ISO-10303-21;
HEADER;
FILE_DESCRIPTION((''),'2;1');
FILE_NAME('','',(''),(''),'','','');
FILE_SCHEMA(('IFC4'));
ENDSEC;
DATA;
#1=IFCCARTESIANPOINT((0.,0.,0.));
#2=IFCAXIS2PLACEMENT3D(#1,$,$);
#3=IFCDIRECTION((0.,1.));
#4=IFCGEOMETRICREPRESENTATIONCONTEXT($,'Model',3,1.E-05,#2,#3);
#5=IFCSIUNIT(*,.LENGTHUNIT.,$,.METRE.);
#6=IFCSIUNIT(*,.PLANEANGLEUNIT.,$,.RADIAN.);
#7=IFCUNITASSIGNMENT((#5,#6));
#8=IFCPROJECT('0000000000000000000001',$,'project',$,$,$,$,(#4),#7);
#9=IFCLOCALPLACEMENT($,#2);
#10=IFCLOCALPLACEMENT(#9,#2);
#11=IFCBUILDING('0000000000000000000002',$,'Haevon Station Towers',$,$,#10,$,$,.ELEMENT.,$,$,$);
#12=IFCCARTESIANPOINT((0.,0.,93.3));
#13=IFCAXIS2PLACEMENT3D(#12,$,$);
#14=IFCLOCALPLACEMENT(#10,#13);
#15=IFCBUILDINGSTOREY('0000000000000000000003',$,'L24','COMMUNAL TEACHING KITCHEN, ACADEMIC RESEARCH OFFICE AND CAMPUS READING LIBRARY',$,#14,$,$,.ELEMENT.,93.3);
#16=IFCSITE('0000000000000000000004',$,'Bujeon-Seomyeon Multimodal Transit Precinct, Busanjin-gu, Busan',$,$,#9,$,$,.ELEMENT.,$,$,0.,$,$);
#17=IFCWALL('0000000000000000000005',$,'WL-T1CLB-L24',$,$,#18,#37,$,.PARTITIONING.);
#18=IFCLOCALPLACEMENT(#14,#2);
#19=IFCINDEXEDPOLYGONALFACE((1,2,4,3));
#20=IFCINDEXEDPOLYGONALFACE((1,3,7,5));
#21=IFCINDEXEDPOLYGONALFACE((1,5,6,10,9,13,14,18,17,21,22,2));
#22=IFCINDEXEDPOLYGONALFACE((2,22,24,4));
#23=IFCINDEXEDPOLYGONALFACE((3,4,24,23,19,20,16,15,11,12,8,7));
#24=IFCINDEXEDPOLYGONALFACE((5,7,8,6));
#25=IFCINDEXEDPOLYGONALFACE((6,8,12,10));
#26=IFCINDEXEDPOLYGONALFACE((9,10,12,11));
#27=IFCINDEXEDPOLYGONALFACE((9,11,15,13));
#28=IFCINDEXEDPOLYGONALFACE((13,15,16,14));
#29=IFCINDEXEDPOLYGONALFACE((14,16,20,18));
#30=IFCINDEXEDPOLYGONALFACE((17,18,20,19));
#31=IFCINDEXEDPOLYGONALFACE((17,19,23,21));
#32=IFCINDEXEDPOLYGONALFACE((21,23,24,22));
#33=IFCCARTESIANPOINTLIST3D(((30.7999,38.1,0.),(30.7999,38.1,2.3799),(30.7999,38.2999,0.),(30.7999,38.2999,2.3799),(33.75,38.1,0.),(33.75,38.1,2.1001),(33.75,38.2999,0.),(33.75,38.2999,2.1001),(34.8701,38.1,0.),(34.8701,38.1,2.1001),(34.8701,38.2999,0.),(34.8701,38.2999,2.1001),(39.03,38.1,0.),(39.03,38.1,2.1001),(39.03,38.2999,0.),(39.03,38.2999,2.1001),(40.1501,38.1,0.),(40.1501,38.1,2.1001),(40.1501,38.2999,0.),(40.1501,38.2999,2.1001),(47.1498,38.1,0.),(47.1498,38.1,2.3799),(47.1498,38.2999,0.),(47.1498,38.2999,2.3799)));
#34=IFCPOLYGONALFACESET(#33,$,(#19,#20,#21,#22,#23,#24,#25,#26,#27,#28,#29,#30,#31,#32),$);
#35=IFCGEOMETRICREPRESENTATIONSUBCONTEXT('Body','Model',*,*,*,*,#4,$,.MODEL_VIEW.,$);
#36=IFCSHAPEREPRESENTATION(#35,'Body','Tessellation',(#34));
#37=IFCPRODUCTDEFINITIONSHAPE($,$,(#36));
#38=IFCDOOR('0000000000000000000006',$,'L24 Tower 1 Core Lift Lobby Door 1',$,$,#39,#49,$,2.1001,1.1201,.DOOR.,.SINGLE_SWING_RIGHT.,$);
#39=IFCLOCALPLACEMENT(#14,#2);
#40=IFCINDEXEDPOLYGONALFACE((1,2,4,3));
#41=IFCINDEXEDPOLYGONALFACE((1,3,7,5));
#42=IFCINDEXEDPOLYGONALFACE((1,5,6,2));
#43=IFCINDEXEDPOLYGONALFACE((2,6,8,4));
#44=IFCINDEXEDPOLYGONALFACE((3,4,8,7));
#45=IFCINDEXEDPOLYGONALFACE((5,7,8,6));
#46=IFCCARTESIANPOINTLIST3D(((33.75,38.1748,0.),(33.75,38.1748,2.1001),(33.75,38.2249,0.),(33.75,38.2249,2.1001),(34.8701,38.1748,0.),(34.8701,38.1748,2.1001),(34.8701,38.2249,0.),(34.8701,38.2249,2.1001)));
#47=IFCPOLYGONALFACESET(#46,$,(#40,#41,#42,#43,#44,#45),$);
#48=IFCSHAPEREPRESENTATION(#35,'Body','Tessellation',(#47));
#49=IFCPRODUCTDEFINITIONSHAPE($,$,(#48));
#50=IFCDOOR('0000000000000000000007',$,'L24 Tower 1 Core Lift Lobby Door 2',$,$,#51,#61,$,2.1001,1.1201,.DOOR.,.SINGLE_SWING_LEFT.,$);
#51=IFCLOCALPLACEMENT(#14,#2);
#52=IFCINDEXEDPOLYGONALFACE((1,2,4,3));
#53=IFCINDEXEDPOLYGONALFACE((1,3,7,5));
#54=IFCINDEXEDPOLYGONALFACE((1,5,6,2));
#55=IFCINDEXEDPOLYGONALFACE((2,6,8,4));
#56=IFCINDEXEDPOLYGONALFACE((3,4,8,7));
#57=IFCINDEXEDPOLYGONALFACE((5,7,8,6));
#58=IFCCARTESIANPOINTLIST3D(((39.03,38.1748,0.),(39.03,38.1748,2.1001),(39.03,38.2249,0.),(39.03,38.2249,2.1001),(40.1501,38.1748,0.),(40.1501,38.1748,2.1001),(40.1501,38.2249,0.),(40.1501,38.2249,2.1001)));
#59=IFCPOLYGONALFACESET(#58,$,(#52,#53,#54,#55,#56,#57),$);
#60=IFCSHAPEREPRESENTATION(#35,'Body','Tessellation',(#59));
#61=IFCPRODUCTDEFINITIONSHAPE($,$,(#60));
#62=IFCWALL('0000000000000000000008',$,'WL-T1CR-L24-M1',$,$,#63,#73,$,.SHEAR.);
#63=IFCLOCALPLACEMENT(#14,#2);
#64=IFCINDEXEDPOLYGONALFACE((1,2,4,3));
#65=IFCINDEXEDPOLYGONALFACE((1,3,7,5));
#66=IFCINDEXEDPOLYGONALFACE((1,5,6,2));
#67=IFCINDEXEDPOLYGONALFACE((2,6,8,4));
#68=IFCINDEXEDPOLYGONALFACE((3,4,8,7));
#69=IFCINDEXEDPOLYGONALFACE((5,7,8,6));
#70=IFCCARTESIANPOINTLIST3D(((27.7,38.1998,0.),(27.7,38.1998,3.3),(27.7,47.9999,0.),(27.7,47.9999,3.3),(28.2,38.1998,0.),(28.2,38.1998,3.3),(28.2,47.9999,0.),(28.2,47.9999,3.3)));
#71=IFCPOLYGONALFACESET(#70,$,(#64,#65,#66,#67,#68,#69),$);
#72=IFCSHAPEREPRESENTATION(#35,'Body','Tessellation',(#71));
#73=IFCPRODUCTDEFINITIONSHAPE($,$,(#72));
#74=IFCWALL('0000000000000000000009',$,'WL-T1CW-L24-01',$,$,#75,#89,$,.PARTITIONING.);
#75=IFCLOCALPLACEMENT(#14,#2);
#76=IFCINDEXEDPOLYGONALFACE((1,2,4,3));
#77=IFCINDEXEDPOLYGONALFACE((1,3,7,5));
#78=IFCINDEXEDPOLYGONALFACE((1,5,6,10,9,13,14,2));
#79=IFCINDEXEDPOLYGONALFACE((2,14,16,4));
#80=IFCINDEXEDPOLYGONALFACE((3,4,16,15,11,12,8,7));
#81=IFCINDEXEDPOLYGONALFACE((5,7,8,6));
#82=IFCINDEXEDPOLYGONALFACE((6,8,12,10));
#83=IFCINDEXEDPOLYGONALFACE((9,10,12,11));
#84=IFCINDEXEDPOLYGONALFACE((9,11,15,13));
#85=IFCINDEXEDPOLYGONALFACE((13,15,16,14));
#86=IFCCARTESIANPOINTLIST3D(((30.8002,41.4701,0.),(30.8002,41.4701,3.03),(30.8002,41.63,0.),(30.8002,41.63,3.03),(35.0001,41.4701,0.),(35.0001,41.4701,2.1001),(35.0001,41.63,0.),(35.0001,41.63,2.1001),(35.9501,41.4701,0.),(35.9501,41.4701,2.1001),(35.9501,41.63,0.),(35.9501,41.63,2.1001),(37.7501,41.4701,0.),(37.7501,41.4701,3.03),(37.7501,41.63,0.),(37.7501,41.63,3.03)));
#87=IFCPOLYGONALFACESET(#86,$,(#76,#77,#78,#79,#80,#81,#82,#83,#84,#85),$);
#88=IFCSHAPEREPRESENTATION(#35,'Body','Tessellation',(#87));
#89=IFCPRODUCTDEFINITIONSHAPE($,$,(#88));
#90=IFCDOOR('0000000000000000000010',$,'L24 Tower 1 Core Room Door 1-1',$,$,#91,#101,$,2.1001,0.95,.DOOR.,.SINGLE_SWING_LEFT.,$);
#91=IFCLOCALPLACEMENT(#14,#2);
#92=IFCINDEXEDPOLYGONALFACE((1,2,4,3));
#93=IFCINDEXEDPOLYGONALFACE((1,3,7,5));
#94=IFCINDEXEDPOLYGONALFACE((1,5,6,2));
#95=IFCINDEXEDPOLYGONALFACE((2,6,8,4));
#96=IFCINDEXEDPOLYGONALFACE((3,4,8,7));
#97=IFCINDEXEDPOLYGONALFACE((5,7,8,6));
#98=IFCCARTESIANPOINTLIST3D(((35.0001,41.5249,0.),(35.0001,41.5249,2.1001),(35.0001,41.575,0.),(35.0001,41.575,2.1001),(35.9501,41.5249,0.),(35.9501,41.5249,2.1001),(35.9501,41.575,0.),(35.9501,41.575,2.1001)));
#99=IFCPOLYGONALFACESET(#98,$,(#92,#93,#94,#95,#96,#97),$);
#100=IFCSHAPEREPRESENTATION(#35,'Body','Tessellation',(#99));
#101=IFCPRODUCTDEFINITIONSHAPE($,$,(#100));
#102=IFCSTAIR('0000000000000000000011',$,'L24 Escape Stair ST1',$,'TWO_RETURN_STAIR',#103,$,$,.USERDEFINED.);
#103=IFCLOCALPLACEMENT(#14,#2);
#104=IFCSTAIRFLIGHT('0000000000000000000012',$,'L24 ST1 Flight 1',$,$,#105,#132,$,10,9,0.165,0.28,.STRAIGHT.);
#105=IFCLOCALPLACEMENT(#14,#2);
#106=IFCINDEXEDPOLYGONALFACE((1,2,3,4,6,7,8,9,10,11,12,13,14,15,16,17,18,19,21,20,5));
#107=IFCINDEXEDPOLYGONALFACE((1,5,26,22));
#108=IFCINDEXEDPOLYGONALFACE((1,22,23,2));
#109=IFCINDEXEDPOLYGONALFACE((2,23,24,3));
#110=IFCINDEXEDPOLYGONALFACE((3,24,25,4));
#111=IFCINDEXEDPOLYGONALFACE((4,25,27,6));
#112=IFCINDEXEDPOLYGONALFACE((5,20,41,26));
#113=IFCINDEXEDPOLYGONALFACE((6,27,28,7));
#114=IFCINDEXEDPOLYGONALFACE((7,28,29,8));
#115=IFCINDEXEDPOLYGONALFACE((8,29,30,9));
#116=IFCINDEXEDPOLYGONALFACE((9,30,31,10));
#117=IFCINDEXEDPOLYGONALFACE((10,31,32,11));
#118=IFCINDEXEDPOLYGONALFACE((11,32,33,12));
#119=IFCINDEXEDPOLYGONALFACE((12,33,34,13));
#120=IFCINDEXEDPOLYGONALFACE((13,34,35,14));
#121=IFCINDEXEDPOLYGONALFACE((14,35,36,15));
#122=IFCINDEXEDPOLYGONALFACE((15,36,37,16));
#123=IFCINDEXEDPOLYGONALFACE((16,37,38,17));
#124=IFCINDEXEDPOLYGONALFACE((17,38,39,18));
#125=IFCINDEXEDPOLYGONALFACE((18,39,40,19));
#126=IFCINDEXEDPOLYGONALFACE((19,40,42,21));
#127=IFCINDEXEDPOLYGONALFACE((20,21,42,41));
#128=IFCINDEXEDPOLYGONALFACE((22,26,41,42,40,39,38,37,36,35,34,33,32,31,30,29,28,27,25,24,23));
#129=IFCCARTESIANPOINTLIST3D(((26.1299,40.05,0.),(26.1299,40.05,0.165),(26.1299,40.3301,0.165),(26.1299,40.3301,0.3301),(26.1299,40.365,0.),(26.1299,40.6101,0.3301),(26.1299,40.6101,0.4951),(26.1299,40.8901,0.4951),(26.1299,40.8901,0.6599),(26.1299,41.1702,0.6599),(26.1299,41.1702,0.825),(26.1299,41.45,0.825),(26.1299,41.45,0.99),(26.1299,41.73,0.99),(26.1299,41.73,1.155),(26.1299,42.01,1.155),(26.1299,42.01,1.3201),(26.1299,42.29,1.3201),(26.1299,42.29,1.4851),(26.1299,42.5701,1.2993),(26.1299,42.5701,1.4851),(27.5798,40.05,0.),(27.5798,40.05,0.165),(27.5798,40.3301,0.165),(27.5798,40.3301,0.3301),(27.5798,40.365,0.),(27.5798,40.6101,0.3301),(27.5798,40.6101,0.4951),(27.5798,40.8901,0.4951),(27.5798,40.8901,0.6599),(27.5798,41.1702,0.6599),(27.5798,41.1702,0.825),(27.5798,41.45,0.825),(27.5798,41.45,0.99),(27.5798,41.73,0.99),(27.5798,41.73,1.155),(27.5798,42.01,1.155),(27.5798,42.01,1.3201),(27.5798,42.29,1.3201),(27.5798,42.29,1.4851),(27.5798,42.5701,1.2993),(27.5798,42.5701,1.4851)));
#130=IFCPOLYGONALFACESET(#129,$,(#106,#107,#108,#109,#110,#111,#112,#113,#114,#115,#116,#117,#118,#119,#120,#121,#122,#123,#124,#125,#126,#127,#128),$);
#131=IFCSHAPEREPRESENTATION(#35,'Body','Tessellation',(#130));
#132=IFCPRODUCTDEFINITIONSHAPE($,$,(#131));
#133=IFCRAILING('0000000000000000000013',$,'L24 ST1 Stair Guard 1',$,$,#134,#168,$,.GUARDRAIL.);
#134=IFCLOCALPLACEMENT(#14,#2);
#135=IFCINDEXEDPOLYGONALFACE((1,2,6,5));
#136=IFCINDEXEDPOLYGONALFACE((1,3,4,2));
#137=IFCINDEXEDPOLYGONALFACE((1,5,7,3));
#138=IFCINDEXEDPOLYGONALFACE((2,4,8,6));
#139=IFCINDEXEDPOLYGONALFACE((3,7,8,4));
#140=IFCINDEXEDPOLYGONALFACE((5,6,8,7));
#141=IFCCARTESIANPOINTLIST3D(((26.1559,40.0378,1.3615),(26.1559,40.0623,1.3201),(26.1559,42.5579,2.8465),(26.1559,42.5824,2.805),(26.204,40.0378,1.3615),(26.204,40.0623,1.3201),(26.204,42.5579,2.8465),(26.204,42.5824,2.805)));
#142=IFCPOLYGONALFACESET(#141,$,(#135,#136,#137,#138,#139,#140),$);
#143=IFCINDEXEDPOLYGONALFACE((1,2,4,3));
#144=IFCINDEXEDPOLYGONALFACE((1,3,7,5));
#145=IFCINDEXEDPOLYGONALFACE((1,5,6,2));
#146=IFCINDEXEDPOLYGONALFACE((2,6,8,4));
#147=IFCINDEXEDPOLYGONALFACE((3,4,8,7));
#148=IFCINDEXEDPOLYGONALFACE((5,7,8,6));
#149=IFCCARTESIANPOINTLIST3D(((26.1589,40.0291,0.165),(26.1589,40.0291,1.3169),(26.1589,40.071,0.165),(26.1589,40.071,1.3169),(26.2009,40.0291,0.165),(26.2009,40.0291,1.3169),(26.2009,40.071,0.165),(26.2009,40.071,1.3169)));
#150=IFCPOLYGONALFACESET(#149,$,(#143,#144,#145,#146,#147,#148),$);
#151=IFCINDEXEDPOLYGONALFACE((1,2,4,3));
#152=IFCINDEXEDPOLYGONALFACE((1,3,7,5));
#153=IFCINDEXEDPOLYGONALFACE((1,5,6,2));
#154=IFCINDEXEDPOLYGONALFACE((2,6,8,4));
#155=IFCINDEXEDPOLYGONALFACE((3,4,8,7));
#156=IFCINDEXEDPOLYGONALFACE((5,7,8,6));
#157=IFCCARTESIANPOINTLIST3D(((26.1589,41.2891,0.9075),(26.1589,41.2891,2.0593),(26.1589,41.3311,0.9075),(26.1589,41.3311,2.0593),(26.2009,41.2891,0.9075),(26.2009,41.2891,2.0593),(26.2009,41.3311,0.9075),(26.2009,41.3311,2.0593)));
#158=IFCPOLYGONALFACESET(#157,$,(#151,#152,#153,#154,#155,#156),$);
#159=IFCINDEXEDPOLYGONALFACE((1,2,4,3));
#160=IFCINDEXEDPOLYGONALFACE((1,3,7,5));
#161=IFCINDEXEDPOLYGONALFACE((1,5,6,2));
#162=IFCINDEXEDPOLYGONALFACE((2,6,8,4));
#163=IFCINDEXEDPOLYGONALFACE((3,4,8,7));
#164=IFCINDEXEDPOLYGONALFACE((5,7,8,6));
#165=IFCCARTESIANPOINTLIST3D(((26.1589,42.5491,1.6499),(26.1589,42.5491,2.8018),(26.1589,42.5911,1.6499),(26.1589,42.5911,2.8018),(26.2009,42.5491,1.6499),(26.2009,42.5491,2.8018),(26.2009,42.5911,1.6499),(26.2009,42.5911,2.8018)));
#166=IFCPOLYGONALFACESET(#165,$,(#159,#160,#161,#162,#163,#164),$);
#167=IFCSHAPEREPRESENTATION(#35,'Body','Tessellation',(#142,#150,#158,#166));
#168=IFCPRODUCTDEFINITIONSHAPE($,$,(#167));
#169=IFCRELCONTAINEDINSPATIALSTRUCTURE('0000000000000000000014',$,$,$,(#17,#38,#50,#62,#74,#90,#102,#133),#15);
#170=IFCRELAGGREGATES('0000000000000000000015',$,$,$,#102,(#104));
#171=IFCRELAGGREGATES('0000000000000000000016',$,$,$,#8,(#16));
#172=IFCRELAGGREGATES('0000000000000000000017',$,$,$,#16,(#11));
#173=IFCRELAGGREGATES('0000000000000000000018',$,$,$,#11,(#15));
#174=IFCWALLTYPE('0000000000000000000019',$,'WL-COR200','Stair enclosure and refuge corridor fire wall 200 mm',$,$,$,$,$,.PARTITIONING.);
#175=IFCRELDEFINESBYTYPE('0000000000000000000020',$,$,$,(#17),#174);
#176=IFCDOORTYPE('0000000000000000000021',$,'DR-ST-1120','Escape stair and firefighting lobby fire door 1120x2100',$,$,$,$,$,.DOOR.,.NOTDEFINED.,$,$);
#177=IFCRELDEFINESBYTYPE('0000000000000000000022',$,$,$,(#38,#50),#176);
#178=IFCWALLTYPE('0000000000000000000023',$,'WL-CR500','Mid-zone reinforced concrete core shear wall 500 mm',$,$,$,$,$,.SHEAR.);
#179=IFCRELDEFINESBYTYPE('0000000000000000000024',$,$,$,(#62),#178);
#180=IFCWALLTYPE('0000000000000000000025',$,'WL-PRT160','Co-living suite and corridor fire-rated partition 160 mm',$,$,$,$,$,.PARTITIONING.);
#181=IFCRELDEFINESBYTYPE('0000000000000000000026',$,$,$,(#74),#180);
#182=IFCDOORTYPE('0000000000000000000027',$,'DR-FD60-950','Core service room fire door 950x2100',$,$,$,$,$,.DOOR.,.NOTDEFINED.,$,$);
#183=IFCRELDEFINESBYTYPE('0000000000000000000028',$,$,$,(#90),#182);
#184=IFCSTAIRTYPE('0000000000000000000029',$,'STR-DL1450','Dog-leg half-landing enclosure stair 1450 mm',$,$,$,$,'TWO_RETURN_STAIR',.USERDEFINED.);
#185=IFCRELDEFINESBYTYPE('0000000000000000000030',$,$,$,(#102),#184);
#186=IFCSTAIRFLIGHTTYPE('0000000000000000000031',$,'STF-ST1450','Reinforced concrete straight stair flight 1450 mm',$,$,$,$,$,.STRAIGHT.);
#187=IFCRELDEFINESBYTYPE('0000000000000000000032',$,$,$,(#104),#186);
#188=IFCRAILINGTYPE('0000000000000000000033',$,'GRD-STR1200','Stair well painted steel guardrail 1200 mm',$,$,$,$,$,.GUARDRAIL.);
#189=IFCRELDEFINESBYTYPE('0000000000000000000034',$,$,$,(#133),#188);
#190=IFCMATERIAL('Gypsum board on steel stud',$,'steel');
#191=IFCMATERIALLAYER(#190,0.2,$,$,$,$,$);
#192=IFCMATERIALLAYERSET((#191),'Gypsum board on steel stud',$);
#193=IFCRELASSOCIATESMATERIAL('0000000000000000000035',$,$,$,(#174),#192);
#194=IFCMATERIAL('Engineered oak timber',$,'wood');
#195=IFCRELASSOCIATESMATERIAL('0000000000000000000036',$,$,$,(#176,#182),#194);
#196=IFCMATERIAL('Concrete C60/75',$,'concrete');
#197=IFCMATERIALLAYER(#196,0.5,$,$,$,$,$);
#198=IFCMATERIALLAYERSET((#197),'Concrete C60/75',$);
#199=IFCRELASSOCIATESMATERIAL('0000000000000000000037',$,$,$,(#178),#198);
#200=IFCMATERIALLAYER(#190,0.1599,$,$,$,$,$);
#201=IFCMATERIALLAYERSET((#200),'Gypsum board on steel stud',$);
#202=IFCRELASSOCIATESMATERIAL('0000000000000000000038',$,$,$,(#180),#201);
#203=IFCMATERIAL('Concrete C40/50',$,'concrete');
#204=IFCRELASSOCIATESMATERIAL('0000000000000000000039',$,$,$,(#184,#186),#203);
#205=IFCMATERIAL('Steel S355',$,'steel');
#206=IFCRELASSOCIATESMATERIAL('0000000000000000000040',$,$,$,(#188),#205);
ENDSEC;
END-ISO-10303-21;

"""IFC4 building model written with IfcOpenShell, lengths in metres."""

from ifc_helpers import new_model, si_unit, direction, frame, frame_2d, origin, origin_2d, place, context, subcontext, project, spatial, polyline, rectangle, outline, extrude, material, layer, layer_set, type_object, element, fill, aggregate, save


model = new_model("IFC4")

# Units and contexts
model_context = context("Model", 3, precision=1e-05, world=origin(), true_north=direction((0.0, 1.0)))
body_context = subcontext(model_context, "Body", "Model", "MODEL_VIEW")
ifc_project = project(units=[si_unit("LENGTHUNIT", "METRE"), si_unit("PLANEANGLEUNIT", "RADIAN")], contexts=[model_context])

# Site, building, storey
site_placement = place(None, origin())
site = spatial("IfcSite", under=ifc_project, at=site_placement, Name="Bujeon-Seomyeon Multimodal Transit Precinct, Busanjin-gu, Busan", CompositionType="ELEMENT", RefElevation=0.0)
building_placement = place(site_placement, origin())
building = spatial("IfcBuilding", under=site, at=building_placement, Name="Haevon Station Towers", CompositionType="ELEMENT")
storey_placement = place(building_placement, frame((0.0, 0.0, 93.3)))
storey = spatial("IfcBuildingStorey", under=building, at=storey_placement, Name="L24", Description="COMMUNAL TEACHING KITCHEN, ACADEMIC RESEARCH OFFICE AND CAMPUS READING LIBRARY", CompositionType="ELEMENT", Elevation=93.3)

# Shared definitions
ifc_material_1 = material(Name="Steel S355", Category="steel")

# Shared definitions
ifc_material_2 = material(Name="Gypsum board on steel stud", Category="steel")
ifc_layer_1 = layer(ifc_material_2, 0.2)
ifc_layer_set_1 = layer_set([ifc_layer_1], Name="Gypsum board on steel stud")
wall_type_1 = type_object("IfcWallType", Name="WL-COR200", Description="Stair enclosure and refuge corridor fire wall 200 mm", PredefinedType="PARTITIONING", material=ifc_layer_set_1)
ifc_material_3 = material(Name="Engineered oak timber", Category="wood")

# Wall, openings, doors
wall_1_placement = place(storey_placement, frame((30.8, 38.2, 0.0), z_axis=(0.0, 0.0, 1.0), x_axis=(1.0, 0.0, 0.0)))
wall_1 = element("IfcWall", 1, at=wall_1_placement, inside=storey, type_object=wall_type_1, Name="WL-T1CLB-L24", PredefinedType="PARTITIONING", context=body_context, shape_type="SweptSolid", body=[
    extrude(rectangle(XDim=16.3499, YDim=0.2, at=frame_2d((8.1748, 0.0))), origin(), (0.0, 0.0, 1.0), 2.3799),
])
opening_1_placement = place(wall_1_placement, frame((2.95, 0.0, 0.0)))
opening_1 = element("IfcOpeningElement", 2, at=opening_1_placement, cuts=wall_1, PredefinedType="OPENING", context=body_context, shape_type="SweptSolid", body=[
    extrude(rectangle(XDim=1.1201, YDim=2.1001, at=frame_2d((0.5601, 1.05))), frame((0.0, 0.1099, 0.0), z_axis=(0.0, -1.0, 0.0), x_axis=(1.0, 0.0, 0.0)), (0.0, 0.0, 1.0), 0.22),
])
opening_2_placement = place(wall_1_placement, frame((8.23, 0.0, 0.0)))
opening_2 = element("IfcOpeningElement", 3, at=opening_2_placement, cuts=wall_1, PredefinedType="OPENING", context=body_context, shape_type="SweptSolid", body=[
    extrude(rectangle(XDim=1.1201, YDim=2.1001, at=frame_2d((0.5601, 1.05))), frame((0.0, 0.1099, 0.0), z_axis=(0.0, -1.0, 0.0), x_axis=(1.0, 0.0, 0.0)), (0.0, 0.0, 1.0), 0.22),
])
door_type_1 = type_object("IfcDoorType", Name="DR-ST-1120", Description="Escape stair and firefighting lobby fire door 1120x2100", OperationType="NOTDEFINED", PredefinedType="DOOR", material=ifc_material_3)
door_1_placement = place(opening_1_placement, origin())
door_1 = element("IfcDoor", 4, at=door_1_placement, inside=storey, type_object=door_type_1, Name="L24 Tower 1 Core Lift Lobby Door 1", OperationType="SINGLE_SWING_RIGHT", OverallHeight=2.1001, OverallWidth=1.1201, PredefinedType="DOOR", context=body_context, shape_type="SweptSolid", body=[
    extrude(rectangle(XDim=1.1201, YDim=2.1001, at=frame_2d((0.5601, 1.05))), frame((0.0, 0.0249, 0.0), z_axis=(0.0, -1.0, 0.0), x_axis=(1.0, 0.0, 0.0)), (0.0, 0.0, 1.0), 0.05),
])
fill(opening_1, door_1)
door_2_placement = place(opening_2_placement, origin())
door_2 = element("IfcDoor", 5, at=door_2_placement, inside=storey, type_object=door_type_1, Name="L24 Tower 1 Core Lift Lobby Door 2", OperationType="SINGLE_SWING_LEFT", OverallHeight=2.1001, OverallWidth=1.1201, PredefinedType="DOOR", context=body_context, shape_type="SweptSolid", body=[
    extrude(rectangle(XDim=1.1201, YDim=2.1001, at=frame_2d((0.5601, 1.05))), frame((0.0, 0.0249, 0.0), z_axis=(0.0, -1.0, 0.0), x_axis=(1.0, 0.0, 0.0)), (0.0, 0.0, 1.0), 0.05),
])
fill(opening_2, door_2)

# Wall
ifc_material_4 = material(Name="Concrete C60/75", Category="concrete")
ifc_layer_2 = layer(ifc_material_4, 0.5)
ifc_layer_set_2 = layer_set([ifc_layer_2], Name="Concrete C60/75")
wall_type_2 = type_object("IfcWallType", Name="WL-CR500", Description="Mid-zone reinforced concrete core shear wall 500 mm", PredefinedType="SHEAR", material=ifc_layer_set_2)
wall_2_placement = place(storey_placement, frame((27.95, 38.2, 0.0), z_axis=(0.0, 0.0, 1.0), x_axis=(0.0, 1.0, 0.0)))
element("IfcWall", 6, at=wall_2_placement, inside=storey, type_object=wall_type_2, Name="WL-T1CR-L24-M1", PredefinedType="SHEAR", context=body_context, shape_type="SweptSolid", body=[
    extrude(rectangle(XDim=9.8, YDim=0.5, at=frame_2d((4.8999, 0.0))), origin(), (0.0, 0.0, 1.0), 3.3),
])

# Wall, opening, door
ifc_layer_3 = layer(ifc_material_2, 0.1599)
ifc_layer_set_3 = layer_set([ifc_layer_3], Name="Gypsum board on steel stud")
wall_type_3 = type_object("IfcWallType", Name="WL-PRT160", Description="Co-living suite and corridor fire-rated partition 160 mm", PredefinedType="PARTITIONING", material=ifc_layer_set_3)
wall_3_placement = place(storey_placement, frame((30.8, 41.55, 0.0), z_axis=(0.0, 0.0, 1.0), x_axis=(1.0, 0.0, 0.0)))
wall_3 = element("IfcWall", 7, at=wall_3_placement, inside=storey, type_object=wall_type_3, Name="WL-T1CW-L24-01", PredefinedType="PARTITIONING", context=body_context, shape_type="SweptSolid", body=[
    extrude(rectangle(XDim=6.95, YDim=0.1599, at=frame_2d((3.4751, 0.0))), origin(), (0.0, 0.0, 1.0), 3.03),
])
opening_3_placement = place(wall_3_placement, frame((4.2, 0.0, 0.0)))
opening_3 = element("IfcOpeningElement", 8, at=opening_3_placement, cuts=wall_3, PredefinedType="OPENING", context=body_context, shape_type="SweptSolid", body=[
    extrude(rectangle(XDim=0.95, YDim=2.1001, at=frame_2d((0.4751, 1.05))), frame((0.0, 0.0898, 0.0), z_axis=(0.0, -1.0, 0.0), x_axis=(1.0, 0.0, 0.0)), (0.0, 0.0, 1.0), 0.1799),
])
door_type_2 = type_object("IfcDoorType", Name="DR-FD60-950", Description="Core service room fire door 950x2100", OperationType="NOTDEFINED", PredefinedType="DOOR", material=ifc_material_3)
door_3_placement = place(opening_3_placement, origin())
door_3 = element("IfcDoor", 9, at=door_3_placement, inside=storey, type_object=door_type_2, Name="L24 Tower 1 Core Room Door 1-1", OperationType="SINGLE_SWING_LEFT", OverallHeight=2.1001, OverallWidth=0.95, PredefinedType="DOOR", context=body_context, shape_type="SweptSolid", body=[
    extrude(rectangle(XDim=0.95, YDim=2.1001, at=frame_2d((0.4751, 1.05))), frame((0.0, 0.0249, 0.0), z_axis=(0.0, -1.0, 0.0), x_axis=(1.0, 0.0, 0.0)), (0.0, 0.0, 1.0), 0.05),
])
fill(opening_3, door_3)

# Stair, stair flight
ifc_material_5 = material(Name="Concrete C40/50", Category="concrete")
stair_type = type_object("IfcStairType", Name="STR-DL1450", Description="Dog-leg half-landing enclosure stair 1450 mm", ElementType="TWO_RETURN_STAIR", PredefinedType="USERDEFINED", material=ifc_material_5)
stair_placement = place(storey_placement, origin())
stair = element("IfcStair", 10, at=stair_placement, inside=storey, type_object=stair_type, Name="L24 Escape Stair ST1", ObjectType="TWO_RETURN_STAIR", PredefinedType="USERDEFINED")
stair_flight_type = type_object("IfcStairFlightType", Name="STF-ST1450", Description="Reinforced concrete straight stair flight 1450 mm", PredefinedType="STRAIGHT", material=ifc_material_5)
stair_flight_placement = place(storey_placement, frame((26.855, 40.05, 0.0), z_axis=(0.0, 0.0, 1.0), x_axis=(0.0, 1.0, 0.0)))
stair_flight = element("IfcStairFlight", 11, at=stair_flight_placement, type_object=stair_flight_type, Name="L24 ST1 Flight 1", NumberOfRisers=10, NumberOfTreads=9, PredefinedType="STRAIGHT", RiserHeight=0.165, TreadLength=0.28, context=body_context, shape_type="SweptSolid", body=[
    extrude(outline(polyline([(0.0, 0.0), (0.0, 0.165), (0.28, 0.165), (0.28, 0.3301), (0.5601, 0.3301), (0.5601, 0.4951), (0.8401, 0.4951), (0.8401, 0.6599), (1.1201, 0.6599), (1.1201, 0.825), (1.3999, 0.825), (1.3999, 0.99), (1.6799, 0.99), (1.6799, 1.155), (1.96, 1.155), (1.96, 1.3201), (2.24, 1.3201), (2.24, 1.4851), (2.52, 1.4851), (2.52, 1.6499), (2.52, 1.2993), (0.3149, 0.0), (0.0, 0.0)])), frame((0.0, 0.7251, 0.0), z_axis=(0.0, -1.0, 0.0), x_axis=(1.0, 0.0, 0.0)), (0.0, 0.0, 1.0), 1.45),
])
aggregate(stair, [stair_flight])

# Railing
railing_type_1 = type_object("IfcRailingType", Name="GRD-STR1200", Description="Stair well painted steel guardrail 1200 mm", PredefinedType="GUARDRAIL", material=ifc_material_1)
railing_1_placement = place(storey_placement, frame((26.1799, 40.05, 0.165)))
element("IfcRailing", 12, at=railing_1_placement, inside=storey, type_object=railing_type_1, Name="L24 ST1 Stair Guard 1", PredefinedType="GUARDRAIL", context=body_context, shape_type="SweptSolid", body=[
    extrude(rectangle(XDim=0.0481, YDim=0.0481, at=origin_2d()), frame((0.0, 0.0, 1.1758), z_axis=(0.0, 0.861561, 0.507655), x_axis=(-1.0, 0.0, 0.0)), (0.0, 0.0, 1.0), 2.925),
    extrude(rectangle(XDim=0.042, YDim=0.042, at=origin_2d()), origin(), (0.0, 0.0, 1.0), 1.1519),
    extrude(rectangle(XDim=0.042, YDim=0.042, at=origin_2d()), frame((0.0, 1.26, 0.7424)), (0.0, 0.0, 1.0), 1.1519),
    extrude(rectangle(XDim=0.042, YDim=0.042, at=origin_2d()), frame((0.0, 2.52, 1.4849)), (0.0, 0.0, 1.0), 1.1519),
])

save(model, "model.ifc")
